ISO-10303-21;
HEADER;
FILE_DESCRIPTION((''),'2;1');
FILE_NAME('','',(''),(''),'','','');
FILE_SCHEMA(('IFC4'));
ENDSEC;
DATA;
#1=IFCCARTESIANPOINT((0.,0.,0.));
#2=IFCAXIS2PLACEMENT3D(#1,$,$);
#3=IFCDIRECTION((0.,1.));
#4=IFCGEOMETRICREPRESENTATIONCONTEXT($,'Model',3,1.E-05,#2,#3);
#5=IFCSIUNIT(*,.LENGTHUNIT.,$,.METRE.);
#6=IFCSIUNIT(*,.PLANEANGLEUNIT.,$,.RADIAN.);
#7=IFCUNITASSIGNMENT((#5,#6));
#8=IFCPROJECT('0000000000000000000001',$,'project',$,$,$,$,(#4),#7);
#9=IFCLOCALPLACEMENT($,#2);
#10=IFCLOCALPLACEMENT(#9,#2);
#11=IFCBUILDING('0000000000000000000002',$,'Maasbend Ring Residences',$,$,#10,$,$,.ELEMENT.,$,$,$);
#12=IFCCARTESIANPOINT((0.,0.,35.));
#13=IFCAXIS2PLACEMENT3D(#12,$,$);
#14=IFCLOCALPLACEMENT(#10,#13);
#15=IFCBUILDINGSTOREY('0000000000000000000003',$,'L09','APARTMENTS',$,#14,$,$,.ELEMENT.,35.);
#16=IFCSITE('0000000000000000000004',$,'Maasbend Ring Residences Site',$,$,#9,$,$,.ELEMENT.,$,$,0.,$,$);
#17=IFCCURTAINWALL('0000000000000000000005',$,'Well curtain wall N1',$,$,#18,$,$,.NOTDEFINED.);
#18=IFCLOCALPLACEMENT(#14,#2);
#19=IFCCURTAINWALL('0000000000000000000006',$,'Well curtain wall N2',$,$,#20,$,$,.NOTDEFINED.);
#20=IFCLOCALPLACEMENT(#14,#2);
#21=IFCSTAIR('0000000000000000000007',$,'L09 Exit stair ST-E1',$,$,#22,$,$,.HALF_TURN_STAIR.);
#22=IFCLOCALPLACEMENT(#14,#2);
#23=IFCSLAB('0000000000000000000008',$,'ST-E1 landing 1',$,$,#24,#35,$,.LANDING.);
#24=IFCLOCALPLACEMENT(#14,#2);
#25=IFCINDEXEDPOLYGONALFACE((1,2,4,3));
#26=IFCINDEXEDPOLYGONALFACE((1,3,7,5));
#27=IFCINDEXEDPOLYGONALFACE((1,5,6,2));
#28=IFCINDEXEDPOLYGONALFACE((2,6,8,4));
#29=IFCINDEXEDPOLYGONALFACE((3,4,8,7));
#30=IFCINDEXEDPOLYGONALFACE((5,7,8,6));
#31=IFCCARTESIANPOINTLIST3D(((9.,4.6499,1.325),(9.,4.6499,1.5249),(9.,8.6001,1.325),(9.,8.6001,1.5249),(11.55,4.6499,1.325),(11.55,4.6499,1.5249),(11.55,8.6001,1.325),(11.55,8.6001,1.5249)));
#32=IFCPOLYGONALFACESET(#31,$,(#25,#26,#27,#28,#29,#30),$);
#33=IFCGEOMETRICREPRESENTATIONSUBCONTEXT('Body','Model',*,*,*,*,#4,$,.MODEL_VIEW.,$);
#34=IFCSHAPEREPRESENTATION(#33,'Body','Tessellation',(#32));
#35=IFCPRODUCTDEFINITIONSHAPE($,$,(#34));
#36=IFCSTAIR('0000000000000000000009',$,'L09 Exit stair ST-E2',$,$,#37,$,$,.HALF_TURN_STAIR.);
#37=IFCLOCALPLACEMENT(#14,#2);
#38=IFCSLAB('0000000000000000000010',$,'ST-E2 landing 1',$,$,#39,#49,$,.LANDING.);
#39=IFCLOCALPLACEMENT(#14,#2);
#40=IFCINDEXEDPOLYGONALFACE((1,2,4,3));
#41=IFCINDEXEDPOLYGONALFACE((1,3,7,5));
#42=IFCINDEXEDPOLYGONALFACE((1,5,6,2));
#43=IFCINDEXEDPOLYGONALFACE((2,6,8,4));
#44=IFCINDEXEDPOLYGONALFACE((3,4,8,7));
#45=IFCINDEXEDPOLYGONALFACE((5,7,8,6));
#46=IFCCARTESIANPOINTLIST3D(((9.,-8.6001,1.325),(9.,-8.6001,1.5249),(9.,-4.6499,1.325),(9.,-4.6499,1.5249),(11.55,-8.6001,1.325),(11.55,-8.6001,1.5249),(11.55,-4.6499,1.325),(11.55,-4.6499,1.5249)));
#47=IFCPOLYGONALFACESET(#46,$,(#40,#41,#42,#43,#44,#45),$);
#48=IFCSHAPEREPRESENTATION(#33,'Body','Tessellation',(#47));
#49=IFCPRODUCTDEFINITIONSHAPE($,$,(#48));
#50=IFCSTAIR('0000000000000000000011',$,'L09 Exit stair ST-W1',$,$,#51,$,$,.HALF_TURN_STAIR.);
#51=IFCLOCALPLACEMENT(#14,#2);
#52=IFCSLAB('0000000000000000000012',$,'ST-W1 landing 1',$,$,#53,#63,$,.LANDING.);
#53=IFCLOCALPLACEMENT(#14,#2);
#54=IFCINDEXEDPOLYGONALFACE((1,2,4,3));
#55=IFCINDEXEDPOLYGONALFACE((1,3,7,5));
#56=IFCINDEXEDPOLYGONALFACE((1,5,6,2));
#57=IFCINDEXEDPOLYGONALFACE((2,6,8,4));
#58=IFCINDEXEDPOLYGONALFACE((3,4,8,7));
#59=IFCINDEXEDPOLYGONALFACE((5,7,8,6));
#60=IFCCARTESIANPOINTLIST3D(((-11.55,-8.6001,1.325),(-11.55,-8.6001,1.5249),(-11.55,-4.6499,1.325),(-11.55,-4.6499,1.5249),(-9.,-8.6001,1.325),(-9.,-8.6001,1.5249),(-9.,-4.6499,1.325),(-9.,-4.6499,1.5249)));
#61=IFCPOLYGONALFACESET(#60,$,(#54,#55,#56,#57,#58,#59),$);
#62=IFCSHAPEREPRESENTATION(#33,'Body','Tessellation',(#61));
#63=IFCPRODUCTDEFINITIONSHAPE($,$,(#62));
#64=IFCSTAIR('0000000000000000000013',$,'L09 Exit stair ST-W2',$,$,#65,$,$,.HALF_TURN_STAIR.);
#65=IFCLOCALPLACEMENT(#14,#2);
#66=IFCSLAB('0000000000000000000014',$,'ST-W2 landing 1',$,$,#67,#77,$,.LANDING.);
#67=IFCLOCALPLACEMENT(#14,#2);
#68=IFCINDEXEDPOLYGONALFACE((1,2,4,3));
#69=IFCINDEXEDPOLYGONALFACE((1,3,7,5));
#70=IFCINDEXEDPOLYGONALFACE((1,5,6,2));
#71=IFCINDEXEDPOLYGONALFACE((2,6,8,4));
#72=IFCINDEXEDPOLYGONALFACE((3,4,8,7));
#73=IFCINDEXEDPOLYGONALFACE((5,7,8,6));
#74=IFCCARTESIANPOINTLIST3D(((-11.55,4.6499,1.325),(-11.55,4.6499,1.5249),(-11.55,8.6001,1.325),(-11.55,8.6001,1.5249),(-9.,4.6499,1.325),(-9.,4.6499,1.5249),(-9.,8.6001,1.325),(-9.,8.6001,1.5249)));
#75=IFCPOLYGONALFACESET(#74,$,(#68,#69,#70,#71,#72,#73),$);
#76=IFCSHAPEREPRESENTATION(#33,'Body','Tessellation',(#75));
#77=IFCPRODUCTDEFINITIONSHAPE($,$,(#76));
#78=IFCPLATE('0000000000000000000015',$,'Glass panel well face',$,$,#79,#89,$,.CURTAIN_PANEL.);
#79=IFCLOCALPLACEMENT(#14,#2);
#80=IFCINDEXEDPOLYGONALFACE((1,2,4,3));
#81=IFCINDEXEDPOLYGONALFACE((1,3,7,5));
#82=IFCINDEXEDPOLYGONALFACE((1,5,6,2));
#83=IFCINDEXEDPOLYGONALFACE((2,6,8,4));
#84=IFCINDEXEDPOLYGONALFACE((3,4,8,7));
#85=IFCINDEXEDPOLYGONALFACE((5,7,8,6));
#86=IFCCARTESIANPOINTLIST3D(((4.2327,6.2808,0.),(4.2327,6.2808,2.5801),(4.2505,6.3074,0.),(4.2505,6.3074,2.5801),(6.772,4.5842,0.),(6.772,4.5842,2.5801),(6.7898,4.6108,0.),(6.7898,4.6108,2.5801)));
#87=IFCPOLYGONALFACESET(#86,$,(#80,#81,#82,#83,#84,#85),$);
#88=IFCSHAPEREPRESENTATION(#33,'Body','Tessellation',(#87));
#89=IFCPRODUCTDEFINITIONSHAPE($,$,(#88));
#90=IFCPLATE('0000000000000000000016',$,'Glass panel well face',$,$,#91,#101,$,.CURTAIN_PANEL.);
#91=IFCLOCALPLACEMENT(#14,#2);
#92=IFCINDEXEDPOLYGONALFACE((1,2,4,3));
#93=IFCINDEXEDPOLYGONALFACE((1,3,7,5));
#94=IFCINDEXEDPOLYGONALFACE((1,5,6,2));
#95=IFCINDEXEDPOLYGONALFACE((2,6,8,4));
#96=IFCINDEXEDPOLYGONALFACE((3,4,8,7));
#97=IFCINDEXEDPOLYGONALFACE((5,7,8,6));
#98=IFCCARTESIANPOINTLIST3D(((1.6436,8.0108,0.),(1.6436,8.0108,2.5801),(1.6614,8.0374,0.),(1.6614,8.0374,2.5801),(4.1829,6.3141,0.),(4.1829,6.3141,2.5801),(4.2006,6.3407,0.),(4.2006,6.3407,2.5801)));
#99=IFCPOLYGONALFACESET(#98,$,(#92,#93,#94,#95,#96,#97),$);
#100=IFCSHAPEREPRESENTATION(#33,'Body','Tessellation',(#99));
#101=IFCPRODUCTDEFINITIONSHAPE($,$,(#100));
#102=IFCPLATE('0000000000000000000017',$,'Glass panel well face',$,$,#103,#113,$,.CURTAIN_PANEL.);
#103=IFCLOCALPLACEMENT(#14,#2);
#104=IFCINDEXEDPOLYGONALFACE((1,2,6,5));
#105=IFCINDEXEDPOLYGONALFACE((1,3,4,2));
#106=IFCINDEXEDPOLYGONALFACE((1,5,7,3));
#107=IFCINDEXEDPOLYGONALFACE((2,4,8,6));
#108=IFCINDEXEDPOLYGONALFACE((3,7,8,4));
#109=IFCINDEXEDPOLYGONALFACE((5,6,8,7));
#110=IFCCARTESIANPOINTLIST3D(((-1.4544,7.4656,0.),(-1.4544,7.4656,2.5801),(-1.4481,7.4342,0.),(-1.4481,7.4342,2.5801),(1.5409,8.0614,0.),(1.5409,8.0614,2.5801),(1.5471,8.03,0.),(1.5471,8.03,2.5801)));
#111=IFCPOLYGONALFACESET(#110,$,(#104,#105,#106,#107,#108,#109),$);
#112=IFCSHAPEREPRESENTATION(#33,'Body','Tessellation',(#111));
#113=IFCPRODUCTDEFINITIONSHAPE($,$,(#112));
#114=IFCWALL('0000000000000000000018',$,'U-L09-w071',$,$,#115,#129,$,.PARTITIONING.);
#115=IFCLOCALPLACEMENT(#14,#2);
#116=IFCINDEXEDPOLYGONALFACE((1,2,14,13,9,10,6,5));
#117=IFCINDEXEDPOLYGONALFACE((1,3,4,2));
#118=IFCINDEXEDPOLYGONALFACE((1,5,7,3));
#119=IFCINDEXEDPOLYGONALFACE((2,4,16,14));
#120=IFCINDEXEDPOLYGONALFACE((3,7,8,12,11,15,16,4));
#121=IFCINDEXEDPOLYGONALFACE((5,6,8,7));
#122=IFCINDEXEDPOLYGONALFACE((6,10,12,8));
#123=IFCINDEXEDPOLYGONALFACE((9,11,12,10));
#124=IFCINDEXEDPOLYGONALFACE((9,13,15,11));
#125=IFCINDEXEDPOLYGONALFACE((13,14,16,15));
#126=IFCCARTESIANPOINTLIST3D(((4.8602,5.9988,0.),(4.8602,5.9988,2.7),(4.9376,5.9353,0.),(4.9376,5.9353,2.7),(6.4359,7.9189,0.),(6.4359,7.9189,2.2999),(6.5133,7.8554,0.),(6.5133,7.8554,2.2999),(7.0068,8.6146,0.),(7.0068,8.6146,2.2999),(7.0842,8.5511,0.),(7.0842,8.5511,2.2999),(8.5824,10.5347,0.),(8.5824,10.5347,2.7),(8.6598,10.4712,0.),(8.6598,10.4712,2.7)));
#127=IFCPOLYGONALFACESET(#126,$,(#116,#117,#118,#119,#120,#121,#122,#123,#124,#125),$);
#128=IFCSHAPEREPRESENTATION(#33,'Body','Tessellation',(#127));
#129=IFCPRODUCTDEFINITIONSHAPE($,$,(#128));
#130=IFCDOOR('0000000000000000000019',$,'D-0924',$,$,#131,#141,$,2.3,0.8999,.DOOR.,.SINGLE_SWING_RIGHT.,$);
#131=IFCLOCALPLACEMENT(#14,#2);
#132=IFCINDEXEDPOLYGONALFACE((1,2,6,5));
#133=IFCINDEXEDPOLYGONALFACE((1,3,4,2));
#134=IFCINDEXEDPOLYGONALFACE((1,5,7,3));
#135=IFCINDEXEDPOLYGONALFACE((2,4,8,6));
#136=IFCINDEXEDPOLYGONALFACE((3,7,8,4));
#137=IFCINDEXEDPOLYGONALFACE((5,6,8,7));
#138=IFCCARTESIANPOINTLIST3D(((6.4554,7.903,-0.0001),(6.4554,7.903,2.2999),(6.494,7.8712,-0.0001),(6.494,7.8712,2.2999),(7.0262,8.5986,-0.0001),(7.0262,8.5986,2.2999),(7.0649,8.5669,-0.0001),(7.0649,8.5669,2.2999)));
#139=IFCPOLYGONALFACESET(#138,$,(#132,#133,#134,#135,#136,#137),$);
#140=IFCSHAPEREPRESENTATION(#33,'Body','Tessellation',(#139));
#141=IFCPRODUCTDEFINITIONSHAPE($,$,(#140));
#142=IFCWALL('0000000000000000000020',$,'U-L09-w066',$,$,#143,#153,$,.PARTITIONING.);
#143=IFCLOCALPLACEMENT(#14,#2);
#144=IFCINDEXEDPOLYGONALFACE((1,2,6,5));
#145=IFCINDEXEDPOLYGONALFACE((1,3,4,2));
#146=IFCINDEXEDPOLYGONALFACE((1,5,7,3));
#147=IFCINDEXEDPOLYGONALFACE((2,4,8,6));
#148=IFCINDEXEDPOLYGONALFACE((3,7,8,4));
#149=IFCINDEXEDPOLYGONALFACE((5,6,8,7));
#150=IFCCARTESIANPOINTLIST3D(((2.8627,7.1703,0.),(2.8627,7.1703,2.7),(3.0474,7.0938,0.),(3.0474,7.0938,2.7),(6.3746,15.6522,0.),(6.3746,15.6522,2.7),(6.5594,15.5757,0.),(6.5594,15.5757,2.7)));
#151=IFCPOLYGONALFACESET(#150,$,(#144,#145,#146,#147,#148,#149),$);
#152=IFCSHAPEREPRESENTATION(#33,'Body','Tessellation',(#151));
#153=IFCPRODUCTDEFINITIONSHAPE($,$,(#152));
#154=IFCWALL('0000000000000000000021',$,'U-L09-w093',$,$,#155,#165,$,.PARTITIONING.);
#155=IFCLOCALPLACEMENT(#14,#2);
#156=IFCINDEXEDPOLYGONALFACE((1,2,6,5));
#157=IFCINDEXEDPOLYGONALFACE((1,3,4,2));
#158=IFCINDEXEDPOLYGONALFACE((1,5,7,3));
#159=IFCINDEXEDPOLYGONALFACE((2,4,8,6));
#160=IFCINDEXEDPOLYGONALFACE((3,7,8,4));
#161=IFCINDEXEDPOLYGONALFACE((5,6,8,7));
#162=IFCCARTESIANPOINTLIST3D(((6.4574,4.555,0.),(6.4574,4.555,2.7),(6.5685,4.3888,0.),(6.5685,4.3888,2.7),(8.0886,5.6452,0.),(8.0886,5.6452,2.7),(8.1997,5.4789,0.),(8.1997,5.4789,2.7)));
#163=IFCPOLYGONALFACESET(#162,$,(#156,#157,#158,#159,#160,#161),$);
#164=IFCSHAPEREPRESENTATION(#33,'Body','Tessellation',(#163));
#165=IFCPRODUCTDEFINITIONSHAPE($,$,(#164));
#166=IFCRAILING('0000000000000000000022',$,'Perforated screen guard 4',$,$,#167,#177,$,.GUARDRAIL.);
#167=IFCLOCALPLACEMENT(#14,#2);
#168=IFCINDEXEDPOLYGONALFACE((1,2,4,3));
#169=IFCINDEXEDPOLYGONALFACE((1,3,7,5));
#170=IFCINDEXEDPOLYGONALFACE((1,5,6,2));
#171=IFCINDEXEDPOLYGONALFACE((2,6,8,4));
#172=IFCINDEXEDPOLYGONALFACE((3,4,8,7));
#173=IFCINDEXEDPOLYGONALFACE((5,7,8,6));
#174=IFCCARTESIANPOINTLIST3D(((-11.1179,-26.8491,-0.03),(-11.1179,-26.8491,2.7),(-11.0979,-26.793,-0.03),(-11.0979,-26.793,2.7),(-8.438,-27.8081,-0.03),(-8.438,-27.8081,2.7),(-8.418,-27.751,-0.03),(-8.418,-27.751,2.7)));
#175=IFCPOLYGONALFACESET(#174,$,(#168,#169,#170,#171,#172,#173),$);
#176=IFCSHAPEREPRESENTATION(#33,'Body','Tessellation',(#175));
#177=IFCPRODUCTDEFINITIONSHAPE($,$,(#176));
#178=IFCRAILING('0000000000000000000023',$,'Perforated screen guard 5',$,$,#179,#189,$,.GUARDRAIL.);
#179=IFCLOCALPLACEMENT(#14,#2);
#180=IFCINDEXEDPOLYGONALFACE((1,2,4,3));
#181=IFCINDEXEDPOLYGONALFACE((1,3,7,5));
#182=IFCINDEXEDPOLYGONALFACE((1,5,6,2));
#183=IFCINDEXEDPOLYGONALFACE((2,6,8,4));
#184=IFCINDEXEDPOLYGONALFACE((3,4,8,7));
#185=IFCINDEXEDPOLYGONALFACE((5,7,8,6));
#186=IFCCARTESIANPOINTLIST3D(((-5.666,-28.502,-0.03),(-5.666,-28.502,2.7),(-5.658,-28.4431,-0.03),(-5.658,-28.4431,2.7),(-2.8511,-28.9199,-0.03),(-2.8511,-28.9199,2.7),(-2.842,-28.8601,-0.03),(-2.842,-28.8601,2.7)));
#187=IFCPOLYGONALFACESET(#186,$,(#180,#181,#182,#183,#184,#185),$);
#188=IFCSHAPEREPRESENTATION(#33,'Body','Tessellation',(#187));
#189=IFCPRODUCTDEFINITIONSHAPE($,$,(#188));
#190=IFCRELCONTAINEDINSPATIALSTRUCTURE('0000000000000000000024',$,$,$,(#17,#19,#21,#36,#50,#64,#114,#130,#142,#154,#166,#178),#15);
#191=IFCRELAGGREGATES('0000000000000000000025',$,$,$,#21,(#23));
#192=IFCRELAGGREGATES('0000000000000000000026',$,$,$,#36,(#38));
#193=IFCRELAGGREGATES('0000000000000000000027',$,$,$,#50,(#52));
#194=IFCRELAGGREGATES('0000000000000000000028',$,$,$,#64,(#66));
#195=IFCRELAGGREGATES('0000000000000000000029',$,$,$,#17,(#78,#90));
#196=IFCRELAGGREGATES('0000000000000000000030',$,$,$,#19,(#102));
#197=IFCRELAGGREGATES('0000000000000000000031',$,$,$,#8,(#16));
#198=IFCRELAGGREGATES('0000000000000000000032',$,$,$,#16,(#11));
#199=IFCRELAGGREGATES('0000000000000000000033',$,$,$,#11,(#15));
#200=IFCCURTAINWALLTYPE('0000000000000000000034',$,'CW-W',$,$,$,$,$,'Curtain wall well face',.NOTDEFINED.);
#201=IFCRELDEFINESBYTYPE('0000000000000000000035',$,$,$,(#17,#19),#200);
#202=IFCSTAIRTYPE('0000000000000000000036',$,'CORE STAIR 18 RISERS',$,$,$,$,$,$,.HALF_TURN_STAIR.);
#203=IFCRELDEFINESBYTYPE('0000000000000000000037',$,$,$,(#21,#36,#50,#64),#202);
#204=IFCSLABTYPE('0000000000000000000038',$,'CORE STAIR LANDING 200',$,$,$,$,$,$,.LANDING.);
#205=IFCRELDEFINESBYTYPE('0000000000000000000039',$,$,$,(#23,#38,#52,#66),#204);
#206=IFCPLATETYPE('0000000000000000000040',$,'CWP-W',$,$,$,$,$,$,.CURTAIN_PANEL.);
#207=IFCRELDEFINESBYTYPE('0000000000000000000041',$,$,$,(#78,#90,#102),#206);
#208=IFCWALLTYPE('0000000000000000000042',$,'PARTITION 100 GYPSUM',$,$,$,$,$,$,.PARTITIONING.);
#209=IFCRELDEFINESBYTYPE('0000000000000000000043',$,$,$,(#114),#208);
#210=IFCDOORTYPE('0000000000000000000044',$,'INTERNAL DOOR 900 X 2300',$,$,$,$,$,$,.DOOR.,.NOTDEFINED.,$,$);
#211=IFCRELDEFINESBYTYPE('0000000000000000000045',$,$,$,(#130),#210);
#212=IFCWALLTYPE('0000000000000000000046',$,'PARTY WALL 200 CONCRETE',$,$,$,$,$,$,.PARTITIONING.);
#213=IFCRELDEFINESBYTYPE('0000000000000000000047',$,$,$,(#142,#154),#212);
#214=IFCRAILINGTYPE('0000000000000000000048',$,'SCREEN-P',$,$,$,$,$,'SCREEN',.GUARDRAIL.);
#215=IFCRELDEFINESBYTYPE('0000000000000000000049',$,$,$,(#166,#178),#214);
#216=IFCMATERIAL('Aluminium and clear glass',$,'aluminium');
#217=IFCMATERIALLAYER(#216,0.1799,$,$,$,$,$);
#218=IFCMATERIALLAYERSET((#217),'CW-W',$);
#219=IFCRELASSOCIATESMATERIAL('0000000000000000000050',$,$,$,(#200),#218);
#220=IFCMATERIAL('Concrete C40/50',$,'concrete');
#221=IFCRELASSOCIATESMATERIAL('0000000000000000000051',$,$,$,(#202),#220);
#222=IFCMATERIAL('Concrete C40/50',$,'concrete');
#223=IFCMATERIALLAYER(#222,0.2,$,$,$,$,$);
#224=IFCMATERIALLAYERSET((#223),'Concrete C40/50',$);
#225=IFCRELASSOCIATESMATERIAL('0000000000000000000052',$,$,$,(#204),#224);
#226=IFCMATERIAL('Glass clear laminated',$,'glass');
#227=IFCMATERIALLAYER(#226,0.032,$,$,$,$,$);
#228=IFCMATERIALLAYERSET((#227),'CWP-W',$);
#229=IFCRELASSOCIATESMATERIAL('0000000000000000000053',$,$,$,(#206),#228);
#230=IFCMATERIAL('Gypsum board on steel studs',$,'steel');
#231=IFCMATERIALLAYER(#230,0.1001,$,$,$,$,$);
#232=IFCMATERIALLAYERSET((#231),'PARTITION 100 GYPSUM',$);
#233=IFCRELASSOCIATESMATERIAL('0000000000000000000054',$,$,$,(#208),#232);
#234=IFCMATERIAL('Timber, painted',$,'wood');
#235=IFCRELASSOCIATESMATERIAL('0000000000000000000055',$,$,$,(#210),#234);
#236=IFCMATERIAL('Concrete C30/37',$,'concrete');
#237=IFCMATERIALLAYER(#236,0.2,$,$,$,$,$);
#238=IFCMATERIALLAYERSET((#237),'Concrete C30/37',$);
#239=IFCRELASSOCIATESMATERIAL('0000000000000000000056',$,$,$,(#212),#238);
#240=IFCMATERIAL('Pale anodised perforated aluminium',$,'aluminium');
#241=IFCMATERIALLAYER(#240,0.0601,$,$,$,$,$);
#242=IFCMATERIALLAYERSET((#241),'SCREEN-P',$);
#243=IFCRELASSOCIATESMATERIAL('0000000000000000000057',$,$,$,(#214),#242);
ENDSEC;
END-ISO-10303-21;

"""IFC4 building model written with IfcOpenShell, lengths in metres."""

from ifc_helpers import new_model, si_unit, direction, frame, frame_2d, origin, origin_2d, place, context, subcontext, project, spatial, polyline, rectangle, outline, extrude, material, layer, layer_set, type_object, element, fill, aggregate, save


model = new_model("IFC4")

# Units and contexts
model_context = context("Model", 3, precision=1e-05, world=origin(), true_north=direction((0.0, 1.0)))
body_context = subcontext(model_context, "Body", "Model", "MODEL_VIEW")
ifc_project = project(units=[si_unit("LENGTHUNIT", "METRE"), si_unit("PLANEANGLEUNIT", "RADIAN")], contexts=[model_context])

# Site, building, storey
site_placement = place(None, origin())
site = spatial("IfcSite", under=ifc_project, at=site_placement, Name="Maasbend Ring Residences Site", CompositionType="ELEMENT", RefElevation=0.0)
building_placement = place(site_placement, origin())
building = spatial("IfcBuilding", under=site, at=building_placement, Name="Maasbend Ring Residences", CompositionType="ELEMENT")
storey_placement = place(building_placement, frame((0.0, 0.0, 35.0)))
storey = spatial("IfcBuildingStorey", under=building, at=storey_placement, Name="L09", Description="APARTMENTS", CompositionType="ELEMENT", Elevation=35.0)

# Curtain wall
ifc_material_1 = material(Name="Aluminium and clear glass", Category="aluminium")
ifc_layer_1 = layer(ifc_material_1, 0.1799)
ifc_layer_set_1 = layer_set([ifc_layer_1], Name="CW-W")
curtain_wall_type = type_object("IfcCurtainWallType", Name="CW-W", ElementType="Curtain wall well face", PredefinedType="NOTDEFINED", material=ifc_layer_set_1)
curtain_wall_1_placement = place(storey_placement, origin())
curtain_wall_1 = element("IfcCurtainWall", 1, at=curtain_wall_1_placement, inside=storey, type_object=curtain_wall_type, Name="Well curtain wall N1", PredefinedType="NOTDEFINED")

# Curtain wall
curtain_wall_2_placement = place(storey_placement, origin())
curtain_wall_2 = element("IfcCurtainWall", 2, at=curtain_wall_2_placement, inside=storey, type_object=curtain_wall_type, Name="Well curtain wall N2", PredefinedType="NOTDEFINED")

# Stairs, slabs
ifc_material_2 = material(Name="Concrete C40/50", Category="concrete")
stair_type = type_object("IfcStairType", Name="CORE STAIR 18 RISERS", PredefinedType="HALF_TURN_STAIR", material=ifc_material_2)
stair_1_placement = place(storey_placement, origin())
stair_1 = element("IfcStair", 3, at=stair_1_placement, inside=storey, type_object=stair_type, Name="L09 Exit stair ST-E1", PredefinedType="HALF_TURN_STAIR")
ifc_material_3 = material(Name="Concrete C40/50", Category="concrete")
ifc_layer_2 = layer(ifc_material_3, 0.2)
ifc_layer_set_2 = layer_set([ifc_layer_2], Name="Concrete C40/50")
slab_type = type_object("IfcSlabType", Name="CORE STAIR LANDING 200", PredefinedType="LANDING", material=ifc_layer_set_2)
slab_1_placement = place(storey_placement, frame((0.0, 0.0, 1.325)))
slab_1 = element("IfcSlab", 4, at=slab_1_placement, type_object=slab_type, Name="ST-E1 landing 1", PredefinedType="LANDING", context=body_context, shape_type="SweptSolid", body=[
    extrude(outline(polyline([(11.55, 8.6001), (9.0, 8.6001), (9.0, 4.6499), (11.55, 4.6499), (11.55, 8.6001)])), origin(), (0.0, 0.0, 1.0), 0.2),
])
aggregate(stair_1, [slab_1])
stair_2_placement = place(storey_placement, origin())
stair_2 = element("IfcStair", 5, at=stair_2_placement, inside=storey, type_object=stair_type, Name="L09 Exit stair ST-E2", PredefinedType="HALF_TURN_STAIR")
slab_2_placement = place(storey_placement, frame((0.0, 0.0, 1.325)))
slab_2 = element("IfcSlab", 6, at=slab_2_placement, type_object=slab_type, Name="ST-E2 landing 1", PredefinedType="LANDING", context=body_context, shape_type="SweptSolid", body=[
    extrude(outline(polyline([(11.55, -4.6499), (9.0, -4.6499), (9.0, -8.6001), (11.55, -8.6001), (11.55, -4.6499)])), origin(), (0.0, 0.0, 1.0), 0.2),
])
aggregate(stair_2, [slab_2])
stair_3_placement = place(storey_placement, origin())
stair_3 = element("IfcStair", 7, at=stair_3_placement, inside=storey, type_object=stair_type, Name="L09 Exit stair ST-W1", PredefinedType="HALF_TURN_STAIR")
slab_3_placement = place(storey_placement, frame((0.0, 0.0, 1.325)))
slab_3 = element("IfcSlab", 8, at=slab_3_placement, type_object=slab_type, Name="ST-W1 landing 1", PredefinedType="LANDING", context=body_context, shape_type="SweptSolid", body=[
    extrude(outline(polyline([(-11.55, -8.6001), (-9.0, -8.6001), (-9.0, -4.6499), (-11.55, -4.6499), (-11.55, -8.6001)])), origin(), (0.0, 0.0, 1.0), 0.2),
])
aggregate(stair_3, [slab_3])
stair_4_placement = place(storey_placement, origin())
stair_4 = element("IfcStair", 9, at=stair_4_placement, inside=storey, type_object=stair_type, Name="L09 Exit stair ST-W2", PredefinedType="HALF_TURN_STAIR")
slab_4_placement = place(storey_placement, frame((0.0, 0.0, 1.325)))
slab_4 = element("IfcSlab", 10, at=slab_4_placement, type_object=slab_type, Name="ST-W2 landing 1", PredefinedType="LANDING", context=body_context, shape_type="SweptSolid", body=[
    extrude(outline(polyline([(-11.55, 4.6499), (-9.0, 4.6499), (-9.0, 8.6001), (-11.55, 8.6001), (-11.55, 4.6499)])), origin(), (0.0, 0.0, 1.0), 0.2),
])
aggregate(stair_4, [slab_4])

# Plates
ifc_material_4 = material(Name="Glass clear laminated", Category="glass")
ifc_layer_3 = layer(ifc_material_4, 0.032)
ifc_layer_set_3 = layer_set([ifc_layer_3], Name="CWP-W")
plate_type = type_object("IfcPlateType", Name="CWP-W", PredefinedType="CURTAIN_PANEL", material=ifc_layer_set_3)
plate_1_placement = place(storey_placement, frame((5.5112, 5.4458, 0.0), z_axis=(0.0, 0.0, 1.0), x_axis=(-0.83147, 0.55557, 0.0)))
plate_1 = element("IfcPlate", 11, at=plate_1_placement, type_object=plate_type, Name="Glass panel well face", PredefinedType="CURTAIN_PANEL", context=body_context, shape_type="SweptSolid", body=[
    extrude(rectangle(XDim=3.054, YDim=0.032, at=origin_2d()), origin(), (0.0, 0.0, 1.0), 2.5801),
])
plate_2_placement = place(storey_placement, frame((2.9221, 7.1758, 0.0), z_axis=(0.0, 0.0, 1.0), x_axis=(-0.83147, 0.55557, 0.0)))
plate_2 = element("IfcPlate", 12, at=plate_2_placement, type_object=plate_type, Name="Glass panel well face", PredefinedType="CURTAIN_PANEL", context=body_context, shape_type="SweptSolid", body=[
    extrude(rectangle(XDim=3.054, YDim=0.032, at=origin_2d()), origin(), (0.0, 0.0, 1.0), 2.5801),
])
aggregate(curtain_wall_1, [plate_1, plate_2])
plate_3_placement = place(storey_placement, frame((0.0464, 7.7478, 0.0), z_axis=(0.0, 0.0, 1.0), x_axis=(-0.980785, -0.19509, 0.0)))
plate_3 = element("IfcPlate", 13, at=plate_3_placement, type_object=plate_type, Name="Glass panel well face", PredefinedType="CURTAIN_PANEL", context=body_context, shape_type="SweptSolid", body=[
    extrude(rectangle(XDim=3.054, YDim=0.032, at=origin_2d()), origin(), (0.0, 0.0, 1.0), 2.5801),
])
aggregate(curtain_wall_2, [plate_3])

# Wall, opening, door
ifc_material_5 = material(Name="Gypsum board on steel studs", Category="steel")
ifc_layer_4 = layer(ifc_material_5, 0.1001)
ifc_layer_set_4 = layer_set([ifc_layer_4], Name="PARTITION 100 GYPSUM")
wall_type_1 = type_object("IfcWallType", Name="PARTITION 100 GYPSUM", PredefinedType="PARTITIONING", material=ifc_layer_set_4)
wall_1_placement = place(storey_placement, frame((4.8989, 5.967, 0.0), z_axis=(0.0, 0.0, 1.0), x_axis=(0.634359, 0.773039, 0.0)))
wall_1 = element("IfcWall", 14, at=wall_1_placement, inside=storey, type_object=wall_type_1, Name="U-L09-w071", PredefinedType="PARTITIONING", context=body_context, shape_type="SweptSolid", body=[
    extrude(rectangle(XDim=5.8677, YDim=0.1001, at=frame_2d((2.9338, 0.0))), origin(), (0.0, 0.0, 1.0), 2.7),
])
opening_placement = place(wall_1_placement, frame((2.4839, 0.0, 0.0)))
opening = element("IfcOpeningElement", 15, at=opening_placement, cuts=wall_1, PredefinedType="OPENING", context=body_context, shape_type="SweptSolid", body=[
    extrude(rectangle(XDim=0.8999, YDim=2.3, at=frame_2d((0.45, 1.1499))), frame((0.0, 0.0601, 0.0), z_axis=(0.0, -1.0, 0.0), x_axis=(1.0, 0.0, 0.0)), (0.0, 0.0, 1.0), 0.1201),
])
ifc_material_6 = material(Name="Timber, painted", Category="wood")
door_type = type_object("IfcDoorType", Name="INTERNAL DOOR 900 X 2300", OperationType="NOTDEFINED", PredefinedType="DOOR", material=ifc_material_6)
door_placement = place(opening_placement, origin())
door = element("IfcDoor", 16, at=door_placement, inside=storey, type_object=door_type, Name="D-0924", OperationType="SINGLE_SWING_RIGHT", OverallHeight=2.3, OverallWidth=0.8999, PredefinedType="DOOR", context=body_context, shape_type="SweptSolid", body=[
    extrude(rectangle(XDim=0.8999, YDim=2.3, at=frame_2d((0.45, 1.1499))), frame((0.0, 0.0249, 0.0), z_axis=(0.0, -1.0, 0.0), x_axis=(1.0, 0.0, 0.0)), (0.0, 0.0, 1.0), 0.05),
])
fill(opening, door)

# Walls
ifc_material_7 = material(Name="Concrete C30/37", Category="concrete")
ifc_layer_5 = layer(ifc_material_7, 0.2)
ifc_layer_set_5 = layer_set([ifc_layer_5], Name="Concrete C30/37")
wall_type_2 = type_object("IfcWallType", Name="PARTY WALL 200 CONCRETE", PredefinedType="PARTITIONING", material=ifc_layer_set_5)
wall_2_placement = place(storey_placement, frame((2.9551, 7.1321, 0.0), z_axis=(0.0, 0.0, 1.0), x_axis=(0.382556, 0.923932, 0.0)))
element("IfcWall", 17, at=wall_2_placement, inside=storey, type_object=wall_type_2, Name="U-L09-w066", PredefinedType="PARTITIONING", context=body_context, shape_type="SweptSolid", body=[
    extrude(rectangle(XDim=9.1802, YDim=0.2, at=frame_2d((4.5901, 0.0))), origin(), (0.0, 0.0, 1.0), 2.7),
])
wall_3_placement = place(storey_placement, frame((6.5129, 4.4719, 0.0), z_axis=(0.0, 0.0, 1.0), x_axis=(0.831418, 0.555648, 0.0)))
element("IfcWall", 18, at=wall_3_placement, inside=storey, type_object=wall_type_2, Name="U-L09-w093", PredefinedType="PARTITIONING", context=body_context, shape_type="SweptSolid", body=[
    extrude(rectangle(XDim=1.9619, YDim=0.2, at=frame_2d((0.981, 0.0))), origin(), (0.0, 0.0, 1.0), 2.7),
])

# Railings
ifc_material_8 = material(Name="Pale anodised perforated aluminium", Category="aluminium")
ifc_layer_6 = layer(ifc_material_8, 0.0601)
ifc_layer_set_6 = layer_set([ifc_layer_6], Name="SCREEN-P")
railing_type = type_object("IfcRailingType", Name="SCREEN-P", ElementType="SCREEN", PredefinedType="GUARDRAIL", material=ifc_layer_set_6)
railing_1_placement = place(storey_placement, frame((0.0, 0.0, -0.03)))
element("IfcRailing", 19, at=railing_1_placement, inside=storey, type_object=railing_type, Name="Perforated screen guard 4", PredefinedType="GUARDRAIL", context=body_context, shape_type="SweptSolid", body=[
    extrude(outline(polyline([(-11.0979, -26.793), (-8.418, -27.751), (-8.438, -27.8081), (-11.1179, -26.8491), (-11.0979, -26.793)])), origin(), (0.0, 0.0, 1.0), 2.73),
])
railing_2_placement = place(storey_placement, frame((0.0, 0.0, -0.03)))
element("IfcRailing", 20, at=railing_2_placement, inside=storey, type_object=railing_type, Name="Perforated screen guard 5", PredefinedType="GUARDRAIL", context=body_context, shape_type="SweptSolid", body=[
    extrude(outline(polyline([(-5.658, -28.4431), (-2.842, -28.8601), (-2.8511, -28.9199), (-5.666, -28.502), (-5.658, -28.4431)])), origin(), (0.0, 0.0, 1.0), 2.73),
])

save(model, "model.ifc")
